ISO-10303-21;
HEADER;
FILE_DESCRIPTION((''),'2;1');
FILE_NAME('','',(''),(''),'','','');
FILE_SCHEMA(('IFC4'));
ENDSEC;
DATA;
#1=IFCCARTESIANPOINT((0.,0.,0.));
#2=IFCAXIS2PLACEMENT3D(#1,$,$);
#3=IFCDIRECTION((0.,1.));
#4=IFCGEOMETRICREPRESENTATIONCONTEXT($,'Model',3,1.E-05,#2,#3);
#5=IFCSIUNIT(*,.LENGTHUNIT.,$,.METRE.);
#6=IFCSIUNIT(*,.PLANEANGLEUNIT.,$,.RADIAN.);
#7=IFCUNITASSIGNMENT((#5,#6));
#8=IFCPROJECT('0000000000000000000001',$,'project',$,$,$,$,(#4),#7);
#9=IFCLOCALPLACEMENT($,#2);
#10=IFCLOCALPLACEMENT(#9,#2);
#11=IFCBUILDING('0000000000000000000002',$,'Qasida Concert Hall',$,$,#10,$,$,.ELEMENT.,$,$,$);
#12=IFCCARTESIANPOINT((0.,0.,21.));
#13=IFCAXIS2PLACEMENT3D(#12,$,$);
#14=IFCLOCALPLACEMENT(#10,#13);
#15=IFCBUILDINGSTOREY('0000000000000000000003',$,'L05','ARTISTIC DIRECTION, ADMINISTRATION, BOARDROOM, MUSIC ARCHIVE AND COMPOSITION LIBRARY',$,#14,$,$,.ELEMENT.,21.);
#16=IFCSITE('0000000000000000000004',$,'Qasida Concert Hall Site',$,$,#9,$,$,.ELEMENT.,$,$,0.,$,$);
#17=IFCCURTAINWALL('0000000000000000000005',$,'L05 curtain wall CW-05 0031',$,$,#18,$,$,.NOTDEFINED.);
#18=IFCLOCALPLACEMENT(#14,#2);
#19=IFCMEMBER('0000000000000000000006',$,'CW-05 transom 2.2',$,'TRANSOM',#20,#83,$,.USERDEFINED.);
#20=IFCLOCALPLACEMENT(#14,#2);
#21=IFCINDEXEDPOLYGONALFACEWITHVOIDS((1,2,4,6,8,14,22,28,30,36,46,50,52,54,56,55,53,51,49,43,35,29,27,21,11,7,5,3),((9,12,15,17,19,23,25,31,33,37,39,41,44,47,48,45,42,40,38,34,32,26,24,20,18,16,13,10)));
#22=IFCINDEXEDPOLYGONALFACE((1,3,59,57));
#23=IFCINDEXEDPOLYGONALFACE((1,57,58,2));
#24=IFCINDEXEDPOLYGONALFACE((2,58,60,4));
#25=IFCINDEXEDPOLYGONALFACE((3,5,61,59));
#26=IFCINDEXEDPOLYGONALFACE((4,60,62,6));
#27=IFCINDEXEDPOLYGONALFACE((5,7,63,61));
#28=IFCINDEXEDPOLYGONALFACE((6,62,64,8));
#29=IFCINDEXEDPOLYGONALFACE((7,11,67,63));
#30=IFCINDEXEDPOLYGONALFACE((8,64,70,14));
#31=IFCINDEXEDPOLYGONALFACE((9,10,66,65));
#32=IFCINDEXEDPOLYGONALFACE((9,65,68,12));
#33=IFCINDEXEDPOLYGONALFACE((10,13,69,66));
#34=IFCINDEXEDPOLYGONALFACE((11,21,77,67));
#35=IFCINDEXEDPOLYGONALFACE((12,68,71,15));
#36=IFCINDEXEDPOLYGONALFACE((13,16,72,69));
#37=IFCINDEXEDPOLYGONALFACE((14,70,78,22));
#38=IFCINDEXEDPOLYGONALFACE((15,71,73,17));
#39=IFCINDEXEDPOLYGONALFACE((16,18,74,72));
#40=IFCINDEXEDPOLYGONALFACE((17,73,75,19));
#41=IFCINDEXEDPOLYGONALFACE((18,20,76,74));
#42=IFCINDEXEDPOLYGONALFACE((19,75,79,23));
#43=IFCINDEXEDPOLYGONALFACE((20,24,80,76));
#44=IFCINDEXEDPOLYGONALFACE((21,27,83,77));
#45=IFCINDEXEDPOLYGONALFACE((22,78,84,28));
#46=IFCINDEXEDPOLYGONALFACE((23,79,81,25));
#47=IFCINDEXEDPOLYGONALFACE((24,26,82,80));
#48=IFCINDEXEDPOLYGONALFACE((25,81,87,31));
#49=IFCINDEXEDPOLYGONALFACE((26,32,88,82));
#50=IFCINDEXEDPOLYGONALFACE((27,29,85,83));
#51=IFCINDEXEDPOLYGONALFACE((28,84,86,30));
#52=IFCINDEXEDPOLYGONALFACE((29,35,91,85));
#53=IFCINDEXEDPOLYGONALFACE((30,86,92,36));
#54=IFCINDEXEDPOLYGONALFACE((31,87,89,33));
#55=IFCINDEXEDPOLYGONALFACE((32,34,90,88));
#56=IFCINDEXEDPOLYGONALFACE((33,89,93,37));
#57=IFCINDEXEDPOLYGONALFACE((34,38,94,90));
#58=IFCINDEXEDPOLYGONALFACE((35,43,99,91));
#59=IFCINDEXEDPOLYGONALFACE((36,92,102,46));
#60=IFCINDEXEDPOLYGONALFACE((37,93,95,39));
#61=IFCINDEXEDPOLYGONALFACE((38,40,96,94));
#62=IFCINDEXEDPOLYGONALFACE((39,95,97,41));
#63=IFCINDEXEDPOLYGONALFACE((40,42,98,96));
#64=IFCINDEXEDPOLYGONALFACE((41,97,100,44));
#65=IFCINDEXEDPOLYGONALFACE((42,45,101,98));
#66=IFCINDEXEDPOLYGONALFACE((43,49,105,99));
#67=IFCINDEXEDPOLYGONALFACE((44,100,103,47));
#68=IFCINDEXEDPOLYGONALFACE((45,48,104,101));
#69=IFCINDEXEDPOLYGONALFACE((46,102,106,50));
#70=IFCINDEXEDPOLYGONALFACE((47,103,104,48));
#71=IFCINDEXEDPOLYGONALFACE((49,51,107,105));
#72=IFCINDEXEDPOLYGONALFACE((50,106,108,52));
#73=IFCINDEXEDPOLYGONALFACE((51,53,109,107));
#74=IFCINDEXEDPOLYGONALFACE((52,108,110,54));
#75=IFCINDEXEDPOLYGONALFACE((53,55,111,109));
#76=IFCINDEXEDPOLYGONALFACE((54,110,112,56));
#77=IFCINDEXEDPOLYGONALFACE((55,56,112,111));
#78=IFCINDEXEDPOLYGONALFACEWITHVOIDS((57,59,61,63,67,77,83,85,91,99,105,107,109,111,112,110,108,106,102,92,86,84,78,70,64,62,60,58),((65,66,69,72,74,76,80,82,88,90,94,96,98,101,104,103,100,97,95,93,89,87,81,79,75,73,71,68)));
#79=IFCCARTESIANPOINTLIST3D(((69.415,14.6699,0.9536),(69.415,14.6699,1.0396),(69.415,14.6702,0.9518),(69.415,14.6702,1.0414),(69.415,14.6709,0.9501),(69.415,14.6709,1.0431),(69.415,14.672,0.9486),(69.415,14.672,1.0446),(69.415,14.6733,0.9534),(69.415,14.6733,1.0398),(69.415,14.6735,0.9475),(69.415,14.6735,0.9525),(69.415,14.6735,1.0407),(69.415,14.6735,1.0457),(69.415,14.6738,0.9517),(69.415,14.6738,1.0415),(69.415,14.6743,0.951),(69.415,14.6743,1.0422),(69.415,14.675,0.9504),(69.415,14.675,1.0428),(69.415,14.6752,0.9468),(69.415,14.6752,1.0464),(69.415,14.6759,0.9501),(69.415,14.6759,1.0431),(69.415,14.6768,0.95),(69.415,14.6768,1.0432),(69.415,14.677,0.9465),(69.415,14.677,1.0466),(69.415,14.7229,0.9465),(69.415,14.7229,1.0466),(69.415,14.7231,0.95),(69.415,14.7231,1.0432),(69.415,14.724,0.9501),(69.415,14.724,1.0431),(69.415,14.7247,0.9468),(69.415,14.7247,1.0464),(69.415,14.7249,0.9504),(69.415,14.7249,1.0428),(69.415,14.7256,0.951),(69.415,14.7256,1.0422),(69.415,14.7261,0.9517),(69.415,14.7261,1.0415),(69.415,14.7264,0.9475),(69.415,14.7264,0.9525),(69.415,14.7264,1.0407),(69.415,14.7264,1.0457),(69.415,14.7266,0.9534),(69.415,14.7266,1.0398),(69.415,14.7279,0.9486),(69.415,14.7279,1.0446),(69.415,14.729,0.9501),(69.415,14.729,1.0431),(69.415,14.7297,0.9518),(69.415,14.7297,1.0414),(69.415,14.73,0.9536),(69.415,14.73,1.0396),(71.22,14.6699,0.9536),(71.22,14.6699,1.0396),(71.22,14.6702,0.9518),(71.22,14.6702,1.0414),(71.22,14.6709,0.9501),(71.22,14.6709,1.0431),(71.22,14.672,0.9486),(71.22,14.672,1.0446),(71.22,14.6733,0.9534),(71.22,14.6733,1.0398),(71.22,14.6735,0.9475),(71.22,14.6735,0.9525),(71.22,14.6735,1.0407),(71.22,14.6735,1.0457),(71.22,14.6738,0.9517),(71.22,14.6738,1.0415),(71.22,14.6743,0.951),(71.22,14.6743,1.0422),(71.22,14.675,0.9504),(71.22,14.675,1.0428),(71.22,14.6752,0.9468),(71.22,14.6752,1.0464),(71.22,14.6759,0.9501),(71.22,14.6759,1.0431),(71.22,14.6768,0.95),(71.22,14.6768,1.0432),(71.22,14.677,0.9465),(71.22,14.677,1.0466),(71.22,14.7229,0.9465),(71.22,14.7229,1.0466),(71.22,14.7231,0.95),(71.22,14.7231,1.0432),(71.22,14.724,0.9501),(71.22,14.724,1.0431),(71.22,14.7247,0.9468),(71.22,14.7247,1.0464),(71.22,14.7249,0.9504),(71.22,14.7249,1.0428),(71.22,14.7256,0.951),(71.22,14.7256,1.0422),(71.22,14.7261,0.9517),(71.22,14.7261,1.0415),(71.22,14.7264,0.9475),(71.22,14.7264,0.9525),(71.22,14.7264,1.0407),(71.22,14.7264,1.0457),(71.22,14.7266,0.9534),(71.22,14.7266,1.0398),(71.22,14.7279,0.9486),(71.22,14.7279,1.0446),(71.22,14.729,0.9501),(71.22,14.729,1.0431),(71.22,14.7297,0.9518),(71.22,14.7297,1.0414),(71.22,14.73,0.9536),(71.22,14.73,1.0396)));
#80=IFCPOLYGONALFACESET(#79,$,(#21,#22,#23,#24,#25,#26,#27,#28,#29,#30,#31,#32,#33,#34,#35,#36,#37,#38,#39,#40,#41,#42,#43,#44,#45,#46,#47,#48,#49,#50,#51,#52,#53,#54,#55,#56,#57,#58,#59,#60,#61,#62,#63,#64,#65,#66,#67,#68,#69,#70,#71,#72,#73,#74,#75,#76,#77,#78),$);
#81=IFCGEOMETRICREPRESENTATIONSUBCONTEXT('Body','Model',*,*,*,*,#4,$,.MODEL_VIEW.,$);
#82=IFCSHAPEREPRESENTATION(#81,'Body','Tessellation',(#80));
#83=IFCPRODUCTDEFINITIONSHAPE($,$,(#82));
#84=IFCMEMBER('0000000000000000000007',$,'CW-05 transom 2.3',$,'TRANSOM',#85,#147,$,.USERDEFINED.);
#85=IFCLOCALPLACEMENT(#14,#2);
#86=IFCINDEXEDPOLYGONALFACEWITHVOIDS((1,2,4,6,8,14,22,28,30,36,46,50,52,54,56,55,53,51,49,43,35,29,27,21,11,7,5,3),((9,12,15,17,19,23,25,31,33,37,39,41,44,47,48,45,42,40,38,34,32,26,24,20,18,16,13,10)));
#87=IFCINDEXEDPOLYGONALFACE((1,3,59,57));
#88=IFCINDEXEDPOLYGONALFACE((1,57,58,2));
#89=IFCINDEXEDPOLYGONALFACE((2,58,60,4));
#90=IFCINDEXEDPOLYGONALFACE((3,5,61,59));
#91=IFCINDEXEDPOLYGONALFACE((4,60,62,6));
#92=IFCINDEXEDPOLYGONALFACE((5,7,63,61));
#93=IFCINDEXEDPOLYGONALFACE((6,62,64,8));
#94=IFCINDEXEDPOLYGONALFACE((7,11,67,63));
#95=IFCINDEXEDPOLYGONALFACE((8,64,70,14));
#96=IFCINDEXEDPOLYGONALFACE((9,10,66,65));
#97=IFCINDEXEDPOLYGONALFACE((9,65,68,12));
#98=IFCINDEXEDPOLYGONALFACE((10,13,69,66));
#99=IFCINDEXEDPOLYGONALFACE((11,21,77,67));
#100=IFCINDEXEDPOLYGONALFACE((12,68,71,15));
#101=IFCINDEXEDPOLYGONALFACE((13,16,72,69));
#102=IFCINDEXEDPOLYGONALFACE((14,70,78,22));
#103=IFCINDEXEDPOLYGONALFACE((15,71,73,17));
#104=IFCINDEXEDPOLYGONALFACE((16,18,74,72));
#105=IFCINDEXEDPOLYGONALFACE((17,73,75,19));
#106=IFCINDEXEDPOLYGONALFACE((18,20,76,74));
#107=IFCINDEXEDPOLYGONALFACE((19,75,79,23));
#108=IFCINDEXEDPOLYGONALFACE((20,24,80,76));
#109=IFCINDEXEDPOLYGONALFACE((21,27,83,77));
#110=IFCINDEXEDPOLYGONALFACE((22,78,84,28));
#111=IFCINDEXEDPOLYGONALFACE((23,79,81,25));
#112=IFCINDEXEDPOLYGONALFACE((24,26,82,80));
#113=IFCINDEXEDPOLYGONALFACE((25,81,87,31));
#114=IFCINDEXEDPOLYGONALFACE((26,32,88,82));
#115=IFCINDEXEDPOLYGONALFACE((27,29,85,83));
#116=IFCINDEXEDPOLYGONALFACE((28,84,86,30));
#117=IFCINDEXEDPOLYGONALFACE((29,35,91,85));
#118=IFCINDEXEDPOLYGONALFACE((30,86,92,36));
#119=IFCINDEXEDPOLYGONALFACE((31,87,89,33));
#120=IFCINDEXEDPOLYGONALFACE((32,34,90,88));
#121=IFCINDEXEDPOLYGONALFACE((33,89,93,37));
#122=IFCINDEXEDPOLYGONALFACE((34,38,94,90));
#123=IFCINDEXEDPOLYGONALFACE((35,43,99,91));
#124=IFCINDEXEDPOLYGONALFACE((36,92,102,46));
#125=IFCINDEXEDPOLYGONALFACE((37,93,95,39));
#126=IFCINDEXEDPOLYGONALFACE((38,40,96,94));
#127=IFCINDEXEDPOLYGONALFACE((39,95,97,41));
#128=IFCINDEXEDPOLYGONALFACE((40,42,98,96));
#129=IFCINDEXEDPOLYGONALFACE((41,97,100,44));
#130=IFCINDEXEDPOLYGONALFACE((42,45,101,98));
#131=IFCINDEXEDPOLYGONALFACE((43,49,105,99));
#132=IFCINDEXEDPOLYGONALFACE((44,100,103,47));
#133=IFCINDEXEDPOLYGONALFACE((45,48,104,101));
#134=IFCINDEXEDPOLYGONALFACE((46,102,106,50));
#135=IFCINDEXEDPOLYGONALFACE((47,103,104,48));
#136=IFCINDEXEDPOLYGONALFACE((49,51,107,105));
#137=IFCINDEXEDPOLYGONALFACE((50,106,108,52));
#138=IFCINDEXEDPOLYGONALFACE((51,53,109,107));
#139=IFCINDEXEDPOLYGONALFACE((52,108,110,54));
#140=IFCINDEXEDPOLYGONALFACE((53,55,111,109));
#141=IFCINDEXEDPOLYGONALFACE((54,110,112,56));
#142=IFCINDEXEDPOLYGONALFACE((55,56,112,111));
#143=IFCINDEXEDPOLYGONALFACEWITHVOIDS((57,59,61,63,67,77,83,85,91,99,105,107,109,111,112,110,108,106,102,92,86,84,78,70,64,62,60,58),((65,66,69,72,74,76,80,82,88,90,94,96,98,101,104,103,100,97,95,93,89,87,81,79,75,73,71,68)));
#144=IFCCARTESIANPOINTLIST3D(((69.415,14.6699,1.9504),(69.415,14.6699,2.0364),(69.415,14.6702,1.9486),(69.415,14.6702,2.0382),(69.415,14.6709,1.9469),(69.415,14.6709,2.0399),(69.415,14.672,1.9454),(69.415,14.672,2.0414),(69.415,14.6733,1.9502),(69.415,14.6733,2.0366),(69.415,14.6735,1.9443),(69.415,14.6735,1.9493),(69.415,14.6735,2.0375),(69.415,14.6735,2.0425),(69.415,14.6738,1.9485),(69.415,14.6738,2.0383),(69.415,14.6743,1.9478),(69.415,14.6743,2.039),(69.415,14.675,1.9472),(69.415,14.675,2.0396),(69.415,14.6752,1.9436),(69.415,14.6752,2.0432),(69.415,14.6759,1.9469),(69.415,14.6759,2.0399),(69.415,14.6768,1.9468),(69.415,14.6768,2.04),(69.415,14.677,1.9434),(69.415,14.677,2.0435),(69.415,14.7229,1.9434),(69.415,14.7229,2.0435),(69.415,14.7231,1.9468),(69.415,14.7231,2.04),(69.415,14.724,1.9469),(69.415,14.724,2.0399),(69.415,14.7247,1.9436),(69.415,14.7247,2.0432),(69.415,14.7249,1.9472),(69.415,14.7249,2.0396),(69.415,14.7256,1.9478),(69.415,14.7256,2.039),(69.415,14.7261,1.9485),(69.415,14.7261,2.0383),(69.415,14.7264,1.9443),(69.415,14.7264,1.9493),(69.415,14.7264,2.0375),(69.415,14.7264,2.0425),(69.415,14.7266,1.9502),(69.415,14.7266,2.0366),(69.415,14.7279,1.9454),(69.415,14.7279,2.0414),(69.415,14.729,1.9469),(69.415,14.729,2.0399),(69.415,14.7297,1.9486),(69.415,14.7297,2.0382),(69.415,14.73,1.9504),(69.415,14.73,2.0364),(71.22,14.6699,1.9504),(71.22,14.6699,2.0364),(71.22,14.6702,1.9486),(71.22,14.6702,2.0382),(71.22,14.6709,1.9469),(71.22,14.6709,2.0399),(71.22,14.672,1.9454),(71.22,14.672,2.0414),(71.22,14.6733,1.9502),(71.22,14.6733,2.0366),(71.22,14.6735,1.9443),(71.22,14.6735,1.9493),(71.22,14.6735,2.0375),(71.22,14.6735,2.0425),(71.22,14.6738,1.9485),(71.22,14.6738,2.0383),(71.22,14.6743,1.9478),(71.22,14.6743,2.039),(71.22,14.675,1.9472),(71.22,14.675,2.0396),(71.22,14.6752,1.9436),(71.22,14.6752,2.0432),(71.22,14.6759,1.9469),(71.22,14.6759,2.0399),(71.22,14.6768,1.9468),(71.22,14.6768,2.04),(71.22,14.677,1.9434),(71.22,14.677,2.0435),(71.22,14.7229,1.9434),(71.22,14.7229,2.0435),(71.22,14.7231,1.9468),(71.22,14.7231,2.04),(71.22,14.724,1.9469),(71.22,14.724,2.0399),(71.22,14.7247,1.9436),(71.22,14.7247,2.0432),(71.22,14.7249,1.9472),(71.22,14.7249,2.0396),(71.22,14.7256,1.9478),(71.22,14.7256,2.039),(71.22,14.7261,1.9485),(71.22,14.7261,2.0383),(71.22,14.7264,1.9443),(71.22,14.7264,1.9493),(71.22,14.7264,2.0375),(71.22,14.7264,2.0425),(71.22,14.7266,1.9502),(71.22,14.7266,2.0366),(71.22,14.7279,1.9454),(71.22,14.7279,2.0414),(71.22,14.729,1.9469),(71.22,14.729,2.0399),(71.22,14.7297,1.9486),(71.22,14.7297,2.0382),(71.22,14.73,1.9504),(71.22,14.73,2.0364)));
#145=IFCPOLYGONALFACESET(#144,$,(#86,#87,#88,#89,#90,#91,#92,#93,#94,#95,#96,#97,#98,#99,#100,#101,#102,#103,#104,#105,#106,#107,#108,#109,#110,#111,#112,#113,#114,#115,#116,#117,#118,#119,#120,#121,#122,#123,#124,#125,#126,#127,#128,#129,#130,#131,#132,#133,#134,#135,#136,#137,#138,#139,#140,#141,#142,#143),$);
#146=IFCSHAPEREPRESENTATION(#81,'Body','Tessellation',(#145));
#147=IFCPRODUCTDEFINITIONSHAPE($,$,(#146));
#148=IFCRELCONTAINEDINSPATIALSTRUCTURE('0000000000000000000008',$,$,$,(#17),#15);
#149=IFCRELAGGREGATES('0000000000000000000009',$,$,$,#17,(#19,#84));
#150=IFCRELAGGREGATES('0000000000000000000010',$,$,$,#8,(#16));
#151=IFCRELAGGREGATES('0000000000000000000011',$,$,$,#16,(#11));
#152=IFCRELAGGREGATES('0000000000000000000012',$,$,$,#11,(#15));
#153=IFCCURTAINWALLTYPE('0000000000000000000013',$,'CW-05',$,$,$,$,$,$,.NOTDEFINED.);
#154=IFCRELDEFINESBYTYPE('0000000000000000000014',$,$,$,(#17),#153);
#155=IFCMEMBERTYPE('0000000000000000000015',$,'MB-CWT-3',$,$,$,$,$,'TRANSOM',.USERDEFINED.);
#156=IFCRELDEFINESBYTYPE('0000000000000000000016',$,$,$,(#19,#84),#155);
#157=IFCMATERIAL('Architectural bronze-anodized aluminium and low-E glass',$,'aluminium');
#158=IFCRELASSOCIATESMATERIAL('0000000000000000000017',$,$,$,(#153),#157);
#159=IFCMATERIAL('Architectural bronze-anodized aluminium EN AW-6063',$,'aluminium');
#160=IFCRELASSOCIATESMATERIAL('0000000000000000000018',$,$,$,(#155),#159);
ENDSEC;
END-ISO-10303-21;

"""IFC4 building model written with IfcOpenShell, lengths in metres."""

from ifc_helpers import new_model, si_unit, direction, frame, origin, origin_2d, place, context, subcontext, project, spatial, hollow_rectangle, extrude, material, material_profile, profile_set, type_object, element, aggregate, save


model = new_model("IFC4")

# Units and contexts
model_context = context("Model", 3, precision=1e-05, world=origin(), true_north=direction((0.0, 1.0)))
body_context = subcontext(model_context, "Body", "Model", "MODEL_VIEW")
ifc_project = project(units=[si_unit("LENGTHUNIT", "METRE"), si_unit("PLANEANGLEUNIT", "RADIAN")], contexts=[model_context])

# Site, building, storey
site_placement = place(None, origin())
site = spatial("IfcSite", under=ifc_project, at=site_placement, Name="Qasida Concert Hall Site", CompositionType="ELEMENT", RefElevation=0.0)
building_placement = place(site_placement, origin())
building = spatial("IfcBuilding", under=site, at=building_placement, Name="Qasida Concert Hall", CompositionType="ELEMENT")
storey_placement = place(building_placement, frame((0.0, 0.0, 21.0)))
storey = spatial("IfcBuildingStorey", under=building, at=storey_placement, Name="L05", Description="ARTISTIC DIRECTION, ADMINISTRATION, BOARDROOM, MUSIC ARCHIVE AND COMPOSITION LIBRARY", CompositionType="ELEMENT", Elevation=21.0)

# Curtain wall, members
ifc_material_1 = material(Name="Architectural bronze-anodized aluminium and low-E glass", Category="aluminium")
curtain_wall_type = type_object("IfcCurtainWallType", Name="CW-05", PredefinedType="NOTDEFINED", material=ifc_material_1)
curtain_wall_placement = place(storey_placement, origin())
curtain_wall = element("IfcCurtainWall", 1, at=curtain_wall_placement, inside=storey, type_object=curtain_wall_type, Name="L05 curtain wall CW-05 0031", PredefinedType="NOTDEFINED")
ifc_material_2 = material(Name="Architectural bronze-anodized aluminium EN AW-6063", Category="aluminium")
ifc_material_profile_1 = material_profile(ifc_material_2, hollow_rectangle(XDim=0.0601, YDim=0.1001, WallThickness=0.0034, InnerFilletRadius=0.0034, OuterFilletRadius=0.0071, at=origin_2d()), Name="CWT 100x60x3.5")
ifc_profile_set_1 = profile_set([ifc_material_profile_1], Name="Architectural bronze-anodized aluminium EN AW-6063")
member_type_1 = type_object("IfcMemberType", Name="MB-CWT-3", ElementType="TRANSOM", PredefinedType="USERDEFINED", material=ifc_profile_set_1)
member_1_placement = place(storey_placement, frame((69.415, 14.7, 0.9966), z_axis=(1.0, 0.0, 0.0), x_axis=(0.0, 1.0, 0.0)))
member_1 = element("IfcMember", 2, at=member_1_placement, type_object=member_type_1, Name="CW-05 transom 2.2", ObjectType="TRANSOM", PredefinedType="USERDEFINED", context=body_context, shape_type="SweptSolid", body=[
    extrude(hollow_rectangle(XDim=0.0601, YDim=0.1001, WallThickness=0.0034, InnerFilletRadius=0.0034, OuterFilletRadius=0.0071, at=origin_2d()), origin(), (0.0, 0.0, 1.0), 1.8049),
])
member_2_placement = place(storey_placement, frame((69.415, 14.7, 1.9934), z_axis=(1.0, 0.0, 0.0), x_axis=(0.0, 1.0, 0.0)))
member_2 = element("IfcMember", 3, at=member_2_placement, type_object=member_type_1, Name="CW-05 transom 2.3", ObjectType="TRANSOM", PredefinedType="USERDEFINED", context=body_context, shape_type="SweptSolid", body=[
    extrude(hollow_rectangle(XDim=0.0601, YDim=0.1001, WallThickness=0.0034, InnerFilletRadius=0.0034, OuterFilletRadius=0.0071, at=origin_2d()), origin(), (0.0, 0.0, 1.0), 1.8049),
])
aggregate(curtain_wall, [member_1, member_2])

save(model, "model.ifc")
